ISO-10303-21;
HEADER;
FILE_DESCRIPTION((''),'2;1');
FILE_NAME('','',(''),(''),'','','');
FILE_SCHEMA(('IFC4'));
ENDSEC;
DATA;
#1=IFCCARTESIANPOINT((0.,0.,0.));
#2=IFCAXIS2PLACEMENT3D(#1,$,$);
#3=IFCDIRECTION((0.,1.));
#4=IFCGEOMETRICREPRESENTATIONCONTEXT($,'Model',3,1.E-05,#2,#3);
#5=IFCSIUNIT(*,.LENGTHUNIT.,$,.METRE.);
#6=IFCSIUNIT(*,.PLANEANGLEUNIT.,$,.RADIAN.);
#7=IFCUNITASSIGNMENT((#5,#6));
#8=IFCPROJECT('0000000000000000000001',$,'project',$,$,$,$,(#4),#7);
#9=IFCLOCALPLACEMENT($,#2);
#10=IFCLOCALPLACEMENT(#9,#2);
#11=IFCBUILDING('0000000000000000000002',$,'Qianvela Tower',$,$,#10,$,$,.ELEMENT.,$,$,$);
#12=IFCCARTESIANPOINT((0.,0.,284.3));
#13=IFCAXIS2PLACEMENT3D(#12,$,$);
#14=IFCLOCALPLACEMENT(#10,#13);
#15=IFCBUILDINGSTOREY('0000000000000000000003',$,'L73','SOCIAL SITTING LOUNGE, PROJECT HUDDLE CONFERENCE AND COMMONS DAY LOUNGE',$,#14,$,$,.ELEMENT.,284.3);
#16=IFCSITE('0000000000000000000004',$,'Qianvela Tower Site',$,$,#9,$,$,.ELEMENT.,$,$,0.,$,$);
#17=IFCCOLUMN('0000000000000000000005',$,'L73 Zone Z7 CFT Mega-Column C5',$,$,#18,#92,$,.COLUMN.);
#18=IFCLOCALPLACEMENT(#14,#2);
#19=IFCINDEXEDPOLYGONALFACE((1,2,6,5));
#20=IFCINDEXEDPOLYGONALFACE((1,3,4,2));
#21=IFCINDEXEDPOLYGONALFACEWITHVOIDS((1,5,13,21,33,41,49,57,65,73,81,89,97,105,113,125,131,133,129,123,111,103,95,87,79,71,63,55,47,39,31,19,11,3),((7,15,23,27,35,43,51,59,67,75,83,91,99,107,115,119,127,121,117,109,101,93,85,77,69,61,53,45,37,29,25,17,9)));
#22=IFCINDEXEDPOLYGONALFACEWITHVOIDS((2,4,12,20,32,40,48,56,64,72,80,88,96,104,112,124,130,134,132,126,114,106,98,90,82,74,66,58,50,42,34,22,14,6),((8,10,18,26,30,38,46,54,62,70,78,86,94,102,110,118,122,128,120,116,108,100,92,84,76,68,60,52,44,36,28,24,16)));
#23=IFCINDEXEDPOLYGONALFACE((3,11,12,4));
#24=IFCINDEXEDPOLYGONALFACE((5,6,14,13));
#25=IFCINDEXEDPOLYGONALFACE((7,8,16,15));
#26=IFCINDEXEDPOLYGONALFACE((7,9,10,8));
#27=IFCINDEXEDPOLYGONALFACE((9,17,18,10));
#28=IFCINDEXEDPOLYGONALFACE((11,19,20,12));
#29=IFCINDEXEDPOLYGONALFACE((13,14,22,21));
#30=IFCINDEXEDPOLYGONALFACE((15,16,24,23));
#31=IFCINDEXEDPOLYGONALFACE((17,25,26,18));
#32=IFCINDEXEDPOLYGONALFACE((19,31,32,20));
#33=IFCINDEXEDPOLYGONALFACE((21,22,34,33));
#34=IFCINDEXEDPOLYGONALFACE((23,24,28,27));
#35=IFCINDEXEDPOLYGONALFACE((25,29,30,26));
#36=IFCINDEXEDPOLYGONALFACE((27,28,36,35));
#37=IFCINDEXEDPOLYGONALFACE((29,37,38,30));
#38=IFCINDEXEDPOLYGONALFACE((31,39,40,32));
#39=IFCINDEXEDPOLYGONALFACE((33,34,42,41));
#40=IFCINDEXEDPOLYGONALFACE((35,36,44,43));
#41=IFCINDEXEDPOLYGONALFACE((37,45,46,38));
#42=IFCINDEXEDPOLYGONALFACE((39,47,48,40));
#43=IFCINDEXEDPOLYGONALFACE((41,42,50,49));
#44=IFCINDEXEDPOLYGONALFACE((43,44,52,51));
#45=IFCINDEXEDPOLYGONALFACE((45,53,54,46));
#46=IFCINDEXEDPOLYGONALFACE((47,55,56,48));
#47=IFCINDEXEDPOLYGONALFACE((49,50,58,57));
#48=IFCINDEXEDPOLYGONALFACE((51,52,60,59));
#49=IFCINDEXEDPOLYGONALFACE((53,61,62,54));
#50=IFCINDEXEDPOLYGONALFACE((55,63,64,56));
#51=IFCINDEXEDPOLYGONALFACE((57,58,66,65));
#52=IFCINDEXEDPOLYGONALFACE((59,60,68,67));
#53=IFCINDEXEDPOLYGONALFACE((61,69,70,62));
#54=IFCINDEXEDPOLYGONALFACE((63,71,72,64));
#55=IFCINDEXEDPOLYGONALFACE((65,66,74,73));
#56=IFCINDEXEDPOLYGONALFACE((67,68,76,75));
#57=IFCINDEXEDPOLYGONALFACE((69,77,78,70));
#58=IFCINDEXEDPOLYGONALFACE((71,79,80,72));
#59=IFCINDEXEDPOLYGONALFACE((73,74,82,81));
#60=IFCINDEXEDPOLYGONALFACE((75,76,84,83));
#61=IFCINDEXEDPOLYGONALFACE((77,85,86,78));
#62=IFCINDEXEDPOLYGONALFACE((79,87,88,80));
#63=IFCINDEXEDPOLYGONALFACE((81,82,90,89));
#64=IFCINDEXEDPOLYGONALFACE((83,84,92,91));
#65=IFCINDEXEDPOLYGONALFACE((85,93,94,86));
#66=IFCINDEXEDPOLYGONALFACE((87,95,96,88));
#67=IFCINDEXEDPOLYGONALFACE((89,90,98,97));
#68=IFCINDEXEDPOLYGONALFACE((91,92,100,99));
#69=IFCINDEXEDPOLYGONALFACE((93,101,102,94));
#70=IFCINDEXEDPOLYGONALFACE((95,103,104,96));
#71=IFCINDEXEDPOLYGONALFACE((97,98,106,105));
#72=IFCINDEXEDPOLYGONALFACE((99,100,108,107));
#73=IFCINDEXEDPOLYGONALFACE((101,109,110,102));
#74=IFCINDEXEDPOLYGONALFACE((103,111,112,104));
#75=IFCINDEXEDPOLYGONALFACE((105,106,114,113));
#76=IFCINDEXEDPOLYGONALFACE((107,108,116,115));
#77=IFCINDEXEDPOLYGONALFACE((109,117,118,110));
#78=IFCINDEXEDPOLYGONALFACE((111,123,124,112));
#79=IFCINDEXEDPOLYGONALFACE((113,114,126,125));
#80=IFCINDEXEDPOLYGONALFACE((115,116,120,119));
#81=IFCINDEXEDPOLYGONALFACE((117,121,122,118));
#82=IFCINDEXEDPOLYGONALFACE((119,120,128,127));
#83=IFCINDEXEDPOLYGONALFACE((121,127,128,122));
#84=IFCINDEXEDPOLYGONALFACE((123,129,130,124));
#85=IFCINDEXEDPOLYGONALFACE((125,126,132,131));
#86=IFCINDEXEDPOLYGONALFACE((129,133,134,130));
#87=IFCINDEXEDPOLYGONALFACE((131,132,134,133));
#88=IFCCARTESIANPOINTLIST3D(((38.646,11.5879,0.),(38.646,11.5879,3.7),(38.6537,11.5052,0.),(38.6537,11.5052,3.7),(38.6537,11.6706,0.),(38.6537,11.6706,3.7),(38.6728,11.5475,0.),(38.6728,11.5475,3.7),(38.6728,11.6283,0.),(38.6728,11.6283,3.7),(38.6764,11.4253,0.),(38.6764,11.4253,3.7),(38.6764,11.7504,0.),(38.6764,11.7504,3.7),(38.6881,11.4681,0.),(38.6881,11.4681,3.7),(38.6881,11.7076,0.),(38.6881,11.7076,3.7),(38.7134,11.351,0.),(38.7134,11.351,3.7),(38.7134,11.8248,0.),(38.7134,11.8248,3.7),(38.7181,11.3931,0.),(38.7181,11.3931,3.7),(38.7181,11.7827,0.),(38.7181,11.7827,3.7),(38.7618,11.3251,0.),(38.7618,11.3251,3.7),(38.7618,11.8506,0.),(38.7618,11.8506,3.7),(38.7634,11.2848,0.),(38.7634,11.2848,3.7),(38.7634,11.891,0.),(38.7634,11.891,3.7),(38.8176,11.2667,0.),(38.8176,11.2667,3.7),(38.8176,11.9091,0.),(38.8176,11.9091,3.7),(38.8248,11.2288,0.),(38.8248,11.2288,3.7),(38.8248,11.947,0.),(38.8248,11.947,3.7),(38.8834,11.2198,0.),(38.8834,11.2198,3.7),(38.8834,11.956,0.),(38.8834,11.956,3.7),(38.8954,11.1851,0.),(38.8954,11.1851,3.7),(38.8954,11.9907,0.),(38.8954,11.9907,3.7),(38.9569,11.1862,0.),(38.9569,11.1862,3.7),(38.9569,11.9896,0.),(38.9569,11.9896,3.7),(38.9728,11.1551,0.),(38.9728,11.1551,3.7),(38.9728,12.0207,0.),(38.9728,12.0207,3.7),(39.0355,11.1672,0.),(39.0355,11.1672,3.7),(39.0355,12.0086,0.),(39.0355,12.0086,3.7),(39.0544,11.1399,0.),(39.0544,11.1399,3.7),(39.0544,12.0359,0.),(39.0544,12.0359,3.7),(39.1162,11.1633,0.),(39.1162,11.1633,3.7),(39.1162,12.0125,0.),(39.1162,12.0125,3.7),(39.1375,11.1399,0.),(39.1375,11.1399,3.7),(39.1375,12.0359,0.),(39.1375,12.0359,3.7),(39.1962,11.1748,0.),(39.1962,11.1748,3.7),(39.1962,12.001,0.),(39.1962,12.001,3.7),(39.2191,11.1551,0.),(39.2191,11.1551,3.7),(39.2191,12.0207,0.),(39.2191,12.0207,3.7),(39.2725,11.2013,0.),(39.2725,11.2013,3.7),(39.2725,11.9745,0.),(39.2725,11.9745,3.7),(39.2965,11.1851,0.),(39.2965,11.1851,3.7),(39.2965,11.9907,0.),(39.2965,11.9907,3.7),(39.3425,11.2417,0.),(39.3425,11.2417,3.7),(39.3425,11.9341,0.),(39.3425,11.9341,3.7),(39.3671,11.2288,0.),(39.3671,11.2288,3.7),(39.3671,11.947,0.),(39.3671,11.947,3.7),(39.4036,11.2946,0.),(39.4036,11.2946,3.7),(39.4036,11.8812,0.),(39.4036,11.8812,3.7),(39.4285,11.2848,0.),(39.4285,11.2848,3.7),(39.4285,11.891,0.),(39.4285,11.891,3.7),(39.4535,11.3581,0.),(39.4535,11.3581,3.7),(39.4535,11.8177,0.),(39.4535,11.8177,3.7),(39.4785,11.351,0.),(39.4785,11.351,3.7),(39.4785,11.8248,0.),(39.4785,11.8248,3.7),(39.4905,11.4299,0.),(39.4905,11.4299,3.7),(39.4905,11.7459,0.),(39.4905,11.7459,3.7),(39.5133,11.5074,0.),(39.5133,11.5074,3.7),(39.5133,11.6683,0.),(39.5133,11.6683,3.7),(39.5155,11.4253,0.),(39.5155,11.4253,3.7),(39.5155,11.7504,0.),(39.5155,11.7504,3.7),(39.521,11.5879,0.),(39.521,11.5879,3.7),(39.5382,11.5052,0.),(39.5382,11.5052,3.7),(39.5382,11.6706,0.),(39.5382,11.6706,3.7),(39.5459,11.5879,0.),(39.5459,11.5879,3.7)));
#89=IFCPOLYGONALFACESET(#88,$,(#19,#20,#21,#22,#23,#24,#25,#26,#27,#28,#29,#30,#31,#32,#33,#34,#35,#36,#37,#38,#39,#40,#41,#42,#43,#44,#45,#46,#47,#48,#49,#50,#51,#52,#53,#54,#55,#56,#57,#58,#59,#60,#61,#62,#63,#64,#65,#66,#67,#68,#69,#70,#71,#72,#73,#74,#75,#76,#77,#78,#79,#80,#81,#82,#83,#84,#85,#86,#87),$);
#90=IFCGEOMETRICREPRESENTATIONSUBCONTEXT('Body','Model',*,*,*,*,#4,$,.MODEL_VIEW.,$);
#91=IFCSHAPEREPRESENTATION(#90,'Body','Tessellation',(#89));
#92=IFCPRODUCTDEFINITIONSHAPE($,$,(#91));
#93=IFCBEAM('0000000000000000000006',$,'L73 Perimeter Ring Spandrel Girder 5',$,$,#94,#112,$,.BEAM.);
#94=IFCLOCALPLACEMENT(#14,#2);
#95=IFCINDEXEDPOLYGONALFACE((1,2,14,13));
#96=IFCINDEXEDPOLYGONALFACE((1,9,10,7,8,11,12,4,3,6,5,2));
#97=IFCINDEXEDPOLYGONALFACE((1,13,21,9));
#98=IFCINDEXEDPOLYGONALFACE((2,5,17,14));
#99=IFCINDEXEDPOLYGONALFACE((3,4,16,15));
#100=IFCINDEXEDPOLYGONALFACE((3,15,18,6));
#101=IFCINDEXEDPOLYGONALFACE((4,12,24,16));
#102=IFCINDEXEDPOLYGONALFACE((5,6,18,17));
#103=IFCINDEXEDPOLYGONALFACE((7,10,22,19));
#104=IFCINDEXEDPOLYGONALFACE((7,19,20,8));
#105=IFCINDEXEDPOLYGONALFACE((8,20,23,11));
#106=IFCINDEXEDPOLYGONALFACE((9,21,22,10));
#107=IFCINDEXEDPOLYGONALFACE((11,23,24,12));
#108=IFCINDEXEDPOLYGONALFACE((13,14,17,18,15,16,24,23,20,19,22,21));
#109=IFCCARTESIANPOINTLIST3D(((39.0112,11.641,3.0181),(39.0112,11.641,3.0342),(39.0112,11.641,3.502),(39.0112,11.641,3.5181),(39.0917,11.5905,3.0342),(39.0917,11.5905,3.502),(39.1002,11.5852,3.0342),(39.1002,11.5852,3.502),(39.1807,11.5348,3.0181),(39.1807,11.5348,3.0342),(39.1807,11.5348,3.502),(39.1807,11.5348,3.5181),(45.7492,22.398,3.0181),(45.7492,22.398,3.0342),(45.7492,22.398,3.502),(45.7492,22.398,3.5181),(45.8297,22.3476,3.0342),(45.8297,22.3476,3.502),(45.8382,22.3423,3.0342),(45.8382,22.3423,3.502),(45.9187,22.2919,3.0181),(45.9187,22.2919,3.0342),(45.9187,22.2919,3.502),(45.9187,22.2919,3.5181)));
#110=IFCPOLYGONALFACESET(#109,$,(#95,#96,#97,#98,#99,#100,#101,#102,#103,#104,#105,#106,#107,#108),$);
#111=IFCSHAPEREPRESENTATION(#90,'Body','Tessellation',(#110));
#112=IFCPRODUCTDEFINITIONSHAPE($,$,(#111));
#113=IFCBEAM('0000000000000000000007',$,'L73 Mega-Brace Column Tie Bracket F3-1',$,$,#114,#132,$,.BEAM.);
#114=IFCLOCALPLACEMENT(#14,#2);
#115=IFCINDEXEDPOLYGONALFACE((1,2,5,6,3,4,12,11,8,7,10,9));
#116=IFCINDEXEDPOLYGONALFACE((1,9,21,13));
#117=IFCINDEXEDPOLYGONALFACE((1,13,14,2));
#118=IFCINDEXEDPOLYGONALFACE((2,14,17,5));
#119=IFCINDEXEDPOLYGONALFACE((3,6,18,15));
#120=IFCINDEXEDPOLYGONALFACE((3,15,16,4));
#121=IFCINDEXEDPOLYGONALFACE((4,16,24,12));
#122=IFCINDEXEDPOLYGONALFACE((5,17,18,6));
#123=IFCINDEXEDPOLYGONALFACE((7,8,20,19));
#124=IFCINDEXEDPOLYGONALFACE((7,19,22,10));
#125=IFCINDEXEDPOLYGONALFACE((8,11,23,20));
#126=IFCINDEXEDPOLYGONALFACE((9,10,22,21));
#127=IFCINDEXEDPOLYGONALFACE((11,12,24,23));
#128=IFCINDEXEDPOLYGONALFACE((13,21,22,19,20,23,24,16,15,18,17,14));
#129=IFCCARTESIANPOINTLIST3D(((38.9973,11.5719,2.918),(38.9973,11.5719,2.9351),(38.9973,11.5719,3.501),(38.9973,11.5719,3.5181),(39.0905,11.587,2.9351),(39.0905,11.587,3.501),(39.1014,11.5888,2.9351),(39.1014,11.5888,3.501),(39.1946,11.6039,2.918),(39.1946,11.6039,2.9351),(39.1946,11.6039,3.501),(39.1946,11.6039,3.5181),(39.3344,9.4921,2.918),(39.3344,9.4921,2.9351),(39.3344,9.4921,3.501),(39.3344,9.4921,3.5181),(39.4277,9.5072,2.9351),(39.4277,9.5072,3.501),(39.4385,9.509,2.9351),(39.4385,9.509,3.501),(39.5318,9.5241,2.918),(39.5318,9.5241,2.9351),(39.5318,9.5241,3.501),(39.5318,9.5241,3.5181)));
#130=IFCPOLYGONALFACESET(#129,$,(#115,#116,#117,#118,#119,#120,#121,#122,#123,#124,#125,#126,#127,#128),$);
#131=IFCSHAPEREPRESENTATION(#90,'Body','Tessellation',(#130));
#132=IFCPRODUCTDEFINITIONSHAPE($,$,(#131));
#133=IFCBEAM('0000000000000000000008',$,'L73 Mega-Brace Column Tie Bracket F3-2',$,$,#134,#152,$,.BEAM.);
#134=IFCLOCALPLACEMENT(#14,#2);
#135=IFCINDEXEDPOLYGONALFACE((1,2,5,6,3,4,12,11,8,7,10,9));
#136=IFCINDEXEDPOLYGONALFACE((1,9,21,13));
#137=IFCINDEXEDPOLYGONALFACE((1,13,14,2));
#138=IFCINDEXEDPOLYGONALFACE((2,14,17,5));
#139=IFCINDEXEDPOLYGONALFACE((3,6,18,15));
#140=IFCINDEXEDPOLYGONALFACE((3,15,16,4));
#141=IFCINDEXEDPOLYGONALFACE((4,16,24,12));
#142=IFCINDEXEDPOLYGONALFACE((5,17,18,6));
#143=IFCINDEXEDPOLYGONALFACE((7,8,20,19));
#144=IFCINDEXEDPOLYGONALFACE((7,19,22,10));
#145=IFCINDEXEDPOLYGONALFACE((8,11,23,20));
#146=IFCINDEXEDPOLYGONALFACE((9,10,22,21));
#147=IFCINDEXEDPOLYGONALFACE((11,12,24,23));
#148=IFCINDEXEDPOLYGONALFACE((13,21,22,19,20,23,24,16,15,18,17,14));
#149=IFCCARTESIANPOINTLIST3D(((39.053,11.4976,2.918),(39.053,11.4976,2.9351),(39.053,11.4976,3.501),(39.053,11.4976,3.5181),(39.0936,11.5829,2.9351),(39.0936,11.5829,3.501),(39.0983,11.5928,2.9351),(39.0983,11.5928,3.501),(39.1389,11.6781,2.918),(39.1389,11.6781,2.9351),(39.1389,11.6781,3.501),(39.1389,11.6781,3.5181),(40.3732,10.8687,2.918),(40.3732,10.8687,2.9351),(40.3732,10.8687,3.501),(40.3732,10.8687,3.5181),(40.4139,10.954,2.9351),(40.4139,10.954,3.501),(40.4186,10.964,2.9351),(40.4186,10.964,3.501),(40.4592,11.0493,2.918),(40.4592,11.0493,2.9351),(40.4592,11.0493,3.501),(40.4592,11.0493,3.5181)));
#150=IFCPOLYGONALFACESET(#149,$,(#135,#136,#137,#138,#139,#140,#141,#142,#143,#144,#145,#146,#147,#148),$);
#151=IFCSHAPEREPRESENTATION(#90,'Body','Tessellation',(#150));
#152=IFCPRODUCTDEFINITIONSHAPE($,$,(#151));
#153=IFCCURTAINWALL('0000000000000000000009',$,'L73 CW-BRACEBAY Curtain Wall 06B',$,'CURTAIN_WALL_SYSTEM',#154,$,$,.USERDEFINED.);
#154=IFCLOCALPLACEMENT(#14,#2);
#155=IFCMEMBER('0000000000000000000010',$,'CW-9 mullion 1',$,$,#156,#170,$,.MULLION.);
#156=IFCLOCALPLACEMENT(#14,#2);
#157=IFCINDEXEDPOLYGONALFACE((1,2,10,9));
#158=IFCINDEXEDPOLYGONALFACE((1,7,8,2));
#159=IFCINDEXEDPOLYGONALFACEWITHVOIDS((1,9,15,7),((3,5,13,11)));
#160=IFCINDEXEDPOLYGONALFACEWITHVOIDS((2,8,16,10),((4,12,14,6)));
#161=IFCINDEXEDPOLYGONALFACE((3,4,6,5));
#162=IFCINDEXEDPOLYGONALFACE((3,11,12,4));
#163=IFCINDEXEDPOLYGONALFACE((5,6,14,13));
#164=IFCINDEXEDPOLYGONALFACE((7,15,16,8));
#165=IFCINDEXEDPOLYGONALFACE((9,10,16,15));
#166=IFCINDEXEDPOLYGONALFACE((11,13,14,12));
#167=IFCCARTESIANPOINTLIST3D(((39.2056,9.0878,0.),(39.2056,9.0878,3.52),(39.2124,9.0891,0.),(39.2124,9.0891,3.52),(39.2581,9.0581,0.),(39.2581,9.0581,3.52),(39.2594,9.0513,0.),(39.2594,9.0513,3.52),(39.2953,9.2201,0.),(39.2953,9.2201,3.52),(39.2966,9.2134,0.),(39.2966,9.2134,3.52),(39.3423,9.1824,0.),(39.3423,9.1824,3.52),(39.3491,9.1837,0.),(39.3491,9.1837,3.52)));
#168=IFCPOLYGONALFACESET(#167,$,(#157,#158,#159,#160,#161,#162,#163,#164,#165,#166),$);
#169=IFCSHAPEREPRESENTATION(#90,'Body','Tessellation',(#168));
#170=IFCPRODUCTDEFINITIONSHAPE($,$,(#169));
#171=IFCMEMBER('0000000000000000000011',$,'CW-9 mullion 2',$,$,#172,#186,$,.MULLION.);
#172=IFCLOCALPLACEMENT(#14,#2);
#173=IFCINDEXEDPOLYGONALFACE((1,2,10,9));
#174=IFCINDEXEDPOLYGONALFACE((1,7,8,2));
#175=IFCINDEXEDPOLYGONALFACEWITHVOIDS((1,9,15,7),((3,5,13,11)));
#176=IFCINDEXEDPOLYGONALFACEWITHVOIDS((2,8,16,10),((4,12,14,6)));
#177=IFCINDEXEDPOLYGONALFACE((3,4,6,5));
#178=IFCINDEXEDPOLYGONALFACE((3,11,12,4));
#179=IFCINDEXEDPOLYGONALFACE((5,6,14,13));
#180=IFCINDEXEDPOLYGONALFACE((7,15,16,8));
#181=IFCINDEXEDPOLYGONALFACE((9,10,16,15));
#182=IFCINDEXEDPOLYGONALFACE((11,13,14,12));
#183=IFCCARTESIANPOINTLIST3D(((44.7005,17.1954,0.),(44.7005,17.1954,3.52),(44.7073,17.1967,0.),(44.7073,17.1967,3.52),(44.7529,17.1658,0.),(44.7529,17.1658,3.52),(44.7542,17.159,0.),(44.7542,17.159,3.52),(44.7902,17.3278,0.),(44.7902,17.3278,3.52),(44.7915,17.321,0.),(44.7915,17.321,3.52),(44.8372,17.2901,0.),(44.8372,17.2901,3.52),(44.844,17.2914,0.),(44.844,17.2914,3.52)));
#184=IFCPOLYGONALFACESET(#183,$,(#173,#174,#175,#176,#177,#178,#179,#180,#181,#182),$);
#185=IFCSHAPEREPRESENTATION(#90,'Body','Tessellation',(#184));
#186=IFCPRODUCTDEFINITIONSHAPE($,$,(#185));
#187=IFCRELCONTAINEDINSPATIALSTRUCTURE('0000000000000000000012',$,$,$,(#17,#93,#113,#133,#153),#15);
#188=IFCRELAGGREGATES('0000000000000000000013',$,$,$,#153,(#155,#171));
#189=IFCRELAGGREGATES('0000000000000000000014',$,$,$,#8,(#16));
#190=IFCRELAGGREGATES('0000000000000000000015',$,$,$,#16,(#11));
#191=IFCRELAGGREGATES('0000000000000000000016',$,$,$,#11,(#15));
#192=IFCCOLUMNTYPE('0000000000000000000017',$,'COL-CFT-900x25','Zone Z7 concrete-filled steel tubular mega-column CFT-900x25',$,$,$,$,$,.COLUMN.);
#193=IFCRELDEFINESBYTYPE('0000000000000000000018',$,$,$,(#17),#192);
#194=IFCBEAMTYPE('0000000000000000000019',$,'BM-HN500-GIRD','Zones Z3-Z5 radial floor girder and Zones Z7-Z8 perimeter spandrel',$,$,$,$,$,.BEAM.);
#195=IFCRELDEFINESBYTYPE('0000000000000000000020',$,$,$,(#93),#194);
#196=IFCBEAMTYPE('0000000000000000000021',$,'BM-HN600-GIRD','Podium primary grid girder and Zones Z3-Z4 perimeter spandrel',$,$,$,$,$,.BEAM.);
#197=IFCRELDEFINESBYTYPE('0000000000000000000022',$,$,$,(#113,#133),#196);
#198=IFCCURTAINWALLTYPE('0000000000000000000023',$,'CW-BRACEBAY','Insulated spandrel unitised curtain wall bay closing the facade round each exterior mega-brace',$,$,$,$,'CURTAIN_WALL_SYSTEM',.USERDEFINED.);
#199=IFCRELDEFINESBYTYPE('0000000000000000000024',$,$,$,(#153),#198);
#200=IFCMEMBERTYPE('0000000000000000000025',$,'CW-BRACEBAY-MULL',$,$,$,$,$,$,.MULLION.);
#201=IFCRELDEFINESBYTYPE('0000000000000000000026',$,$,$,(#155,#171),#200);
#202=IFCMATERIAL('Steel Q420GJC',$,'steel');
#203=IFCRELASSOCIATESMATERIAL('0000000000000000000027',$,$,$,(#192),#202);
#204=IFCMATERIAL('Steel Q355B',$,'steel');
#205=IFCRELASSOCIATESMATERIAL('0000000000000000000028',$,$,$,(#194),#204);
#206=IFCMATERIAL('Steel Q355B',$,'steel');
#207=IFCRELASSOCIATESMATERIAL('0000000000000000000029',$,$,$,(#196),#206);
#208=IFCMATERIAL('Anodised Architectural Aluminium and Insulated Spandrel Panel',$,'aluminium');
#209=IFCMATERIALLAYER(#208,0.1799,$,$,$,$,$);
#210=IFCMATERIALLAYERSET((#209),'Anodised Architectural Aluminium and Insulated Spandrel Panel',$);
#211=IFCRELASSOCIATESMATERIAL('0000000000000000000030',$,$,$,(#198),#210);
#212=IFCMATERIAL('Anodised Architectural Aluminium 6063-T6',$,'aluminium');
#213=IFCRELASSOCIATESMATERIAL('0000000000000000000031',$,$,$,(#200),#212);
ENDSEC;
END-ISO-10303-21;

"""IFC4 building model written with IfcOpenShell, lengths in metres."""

from ifc_helpers import new_model, si_unit, direction, frame, origin, origin_2d, place, context, subcontext, project, spatial, hollow_rectangle, hollow_circle, i_section, extrude, material, layer, layer_set, material_profile, profile_set, type_object, element, aggregate, save


model = new_model("IFC4")

# Units and contexts
model_context = context("Model", 3, precision=1e-05, world=origin(), true_north=direction((0.0, 1.0)))
body_context = subcontext(model_context, "Body", "Model", "MODEL_VIEW")
ifc_project = project(units=[si_unit("LENGTHUNIT", "METRE"), si_unit("PLANEANGLEUNIT", "RADIAN")], contexts=[model_context])

# Site, building, storey
site_placement = place(None, origin())
site = spatial("IfcSite", under=ifc_project, at=site_placement, Name="Qianvela Tower Site", CompositionType="ELEMENT", RefElevation=0.0)
building_placement = place(site_placement, origin())
building = spatial("IfcBuilding", under=site, at=building_placement, Name="Qianvela Tower", CompositionType="ELEMENT")
storey_placement = place(building_placement, frame((0.0, 0.0, 284.3)))
storey = spatial("IfcBuildingStorey", under=building, at=storey_placement, Name="L73", Description="SOCIAL SITTING LOUNGE, PROJECT HUDDLE CONFERENCE AND COMMONS DAY LOUNGE", CompositionType="ELEMENT", Elevation=284.3)

# Column
ifc_material_1 = material(Name="Steel Q420GJC", Category="steel")
ifc_material_profile_1 = material_profile(ifc_material_1, hollow_circle(Radius=0.45, WallThickness=0.0249, at=origin_2d()), Name="CFT-900x25")
ifc_profile_set_1 = profile_set([ifc_material_profile_1], Name="Steel Q420GJC")
column_type = type_object("IfcColumnType", Name="COL-CFT-900x25", Description="Zone Z7 concrete-filled steel tubular mega-column CFT-900x25", PredefinedType="COLUMN", material=ifc_profile_set_1)
column_placement = place(storey_placement, frame((39.0959, 11.5879, 0.0), z_axis=(0.0, 0.0, 1.0), x_axis=(1.0, 0.0, 0.0)))
element("IfcColumn", 1, at=column_placement, inside=storey, type_object=column_type, Name="L73 Zone Z7 CFT Mega-Column C5", PredefinedType="COLUMN", context=body_context, shape_type="SweptSolid", body=[
    extrude(hollow_circle(Radius=0.45, WallThickness=0.0249, at=origin_2d()), origin(), (0.0, 0.0, 1.0), 3.7),
])

# Beams
ifc_material_2 = material(Name="Steel Q355B", Category="steel")
ifc_material_profile_2 = material_profile(ifc_material_2, i_section(OverallWidth=0.2, OverallDepth=0.5, WebThickness=0.01, FlangeThickness=0.0161, at=origin_2d()), Name="HN500x200x10x16")
ifc_profile_set_2 = profile_set([ifc_material_profile_2], Name="Steel Q355B")
beam_type_1 = type_object("IfcBeamType", Name="BM-HN500-GIRD", Description="Zones Z3-Z5 radial floor girder and Zones Z7-Z8 perimeter spandrel", PredefinedType="BEAM", material=ifc_profile_set_2)
beam_1_placement = place(storey_placement, frame((39.0959, 11.5879, 3.2681), z_axis=(0.530841, 0.847472, 0.0), x_axis=(-0.847472, 0.530841, 0.0)))
element("IfcBeam", 2, at=beam_1_placement, inside=storey, type_object=beam_type_1, Name="L73 Perimeter Ring Spandrel Girder 5", PredefinedType="BEAM", context=body_context, shape_type="SweptSolid", body=[
    extrude(i_section(OverallWidth=0.2, OverallDepth=0.5, WebThickness=0.01, FlangeThickness=0.0161, at=origin_2d()), origin(), (0.0, 0.0, 1.0), 12.6931),
])
ifc_material_3 = material(Name="Steel Q355B", Category="steel")
ifc_material_profile_3 = material_profile(ifc_material_3, i_section(OverallWidth=0.2, OverallDepth=0.6001, WebThickness=0.011, FlangeThickness=0.0171, at=origin_2d()), Name="HN600x200x11x17")
ifc_profile_set_3 = profile_set([ifc_material_profile_3], Name="Steel Q355B")
beam_type_2 = type_object("IfcBeamType", Name="BM-HN600-GIRD", Description="Podium primary grid girder and Zones Z3-Z4 perimeter spandrel", PredefinedType="BEAM", material=ifc_profile_set_3)
beam_2_placement = place(storey_placement, frame((39.0959, 11.5879, 3.218), z_axis=(0.160019, -0.987114, 0.0), x_axis=(0.987114, 0.160019, 0.0)))
element("IfcBeam", 3, at=beam_2_placement, inside=storey, type_object=beam_type_2, Name="L73 Mega-Brace Column Tie Bracket F3-1", PredefinedType="BEAM", context=body_context, shape_type="SweptSolid", body=[
    extrude(i_section(OverallWidth=0.2, OverallDepth=0.6001, WebThickness=0.011, FlangeThickness=0.0171, at=origin_2d()), origin(), (0.0, 0.0, 1.0), 2.1069),
])
beam_3_placement = place(storey_placement, frame((39.0959, 11.5879, 3.218), z_axis=(0.902811, -0.430037, 0.0), x_axis=(0.430037, 0.902811, 0.0)))
element("IfcBeam", 4, at=beam_3_placement, inside=storey, type_object=beam_type_2, Name="L73 Mega-Brace Column Tie Bracket F3-2", PredefinedType="BEAM", context=body_context, shape_type="SweptSolid", body=[
    extrude(i_section(OverallWidth=0.2, OverallDepth=0.6001, WebThickness=0.011, FlangeThickness=0.0171, at=origin_2d()), origin(), (0.0, 0.0, 1.0), 1.4624),
])

# Curtain wall, members
ifc_material_4 = material(Name="Anodised Architectural Aluminium and Insulated Spandrel Panel", Category="aluminium")
ifc_layer_1 = layer(ifc_material_4, 0.1799)
ifc_layer_set_1 = layer_set([ifc_layer_1], Name="Anodised Architectural Aluminium and Insulated Spandrel Panel")
curtain_wall_type_1 = type_object("IfcCurtainWallType", Name="CW-BRACEBAY", Description="Insulated spandrel unitised curtain wall bay closing the facade round each exterior mega-brace", ElementType="CURTAIN_WALL_SYSTEM", PredefinedType="USERDEFINED", material=ifc_layer_set_1)
curtain_wall_1_placement = place(storey_placement, origin())
curtain_wall_1 = element("IfcCurtainWall", 5, at=curtain_wall_1_placement, inside=storey, type_object=curtain_wall_type_1, Name="L73 CW-BRACEBAY Curtain Wall 06B", ObjectType="CURTAIN_WALL_SYSTEM", PredefinedType="USERDEFINED")
ifc_material_5 = material(Name="Anodised Architectural Aluminium 6063-T6", Category="aluminium")
ifc_material_profile_4 = material_profile(ifc_material_5, hollow_rectangle(XDim=0.0649, YDim=0.1599, WallThickness=0.0049, at=origin_2d()), Name="ALU-MULL-65x160")
ifc_profile_set_4 = profile_set([ifc_material_profile_4], Name="Anodised Architectural Aluminium 6063-T6")
member_type_1 = type_object("IfcMemberType", Name="CW-BRACEBAY-MULL", PredefinedType="MULLION", material=ifc_profile_set_4)
member_1_placement = place(storey_placement, frame((39.2773, 9.1357, 0.0), z_axis=(0.0, 0.0, 1.0), x_axis=(-0.827795, 0.561031, 0.0)))
member_1 = element("IfcMember", 6, at=member_1_placement, type_object=member_type_1, Name="CW-9 mullion 1", PredefinedType="MULLION", context=body_context, shape_type="SweptSolid", body=[
    extrude(hollow_rectangle(XDim=0.0649, YDim=0.1599, WallThickness=0.0049, at=origin_2d()), origin(), (0.0, 0.0, 1.0), 3.52),
])
member_2_placement = place(storey_placement, frame((44.7722, 17.2434, 0.0), z_axis=(0.0, 0.0, 1.0), x_axis=(-0.827795, 0.561031, 0.0)))
member_2 = element("IfcMember", 7, at=member_2_placement, type_object=member_type_1, Name="CW-9 mullion 2", PredefinedType="MULLION", context=body_context, shape_type="SweptSolid", body=[
    extrude(hollow_rectangle(XDim=0.0649, YDim=0.1599, WallThickness=0.0049, at=origin_2d()), origin(), (0.0, 0.0, 1.0), 3.52),
])

aggregate(curtain_wall_1, [member_1, member_2])

save(model, "model.ifc")
